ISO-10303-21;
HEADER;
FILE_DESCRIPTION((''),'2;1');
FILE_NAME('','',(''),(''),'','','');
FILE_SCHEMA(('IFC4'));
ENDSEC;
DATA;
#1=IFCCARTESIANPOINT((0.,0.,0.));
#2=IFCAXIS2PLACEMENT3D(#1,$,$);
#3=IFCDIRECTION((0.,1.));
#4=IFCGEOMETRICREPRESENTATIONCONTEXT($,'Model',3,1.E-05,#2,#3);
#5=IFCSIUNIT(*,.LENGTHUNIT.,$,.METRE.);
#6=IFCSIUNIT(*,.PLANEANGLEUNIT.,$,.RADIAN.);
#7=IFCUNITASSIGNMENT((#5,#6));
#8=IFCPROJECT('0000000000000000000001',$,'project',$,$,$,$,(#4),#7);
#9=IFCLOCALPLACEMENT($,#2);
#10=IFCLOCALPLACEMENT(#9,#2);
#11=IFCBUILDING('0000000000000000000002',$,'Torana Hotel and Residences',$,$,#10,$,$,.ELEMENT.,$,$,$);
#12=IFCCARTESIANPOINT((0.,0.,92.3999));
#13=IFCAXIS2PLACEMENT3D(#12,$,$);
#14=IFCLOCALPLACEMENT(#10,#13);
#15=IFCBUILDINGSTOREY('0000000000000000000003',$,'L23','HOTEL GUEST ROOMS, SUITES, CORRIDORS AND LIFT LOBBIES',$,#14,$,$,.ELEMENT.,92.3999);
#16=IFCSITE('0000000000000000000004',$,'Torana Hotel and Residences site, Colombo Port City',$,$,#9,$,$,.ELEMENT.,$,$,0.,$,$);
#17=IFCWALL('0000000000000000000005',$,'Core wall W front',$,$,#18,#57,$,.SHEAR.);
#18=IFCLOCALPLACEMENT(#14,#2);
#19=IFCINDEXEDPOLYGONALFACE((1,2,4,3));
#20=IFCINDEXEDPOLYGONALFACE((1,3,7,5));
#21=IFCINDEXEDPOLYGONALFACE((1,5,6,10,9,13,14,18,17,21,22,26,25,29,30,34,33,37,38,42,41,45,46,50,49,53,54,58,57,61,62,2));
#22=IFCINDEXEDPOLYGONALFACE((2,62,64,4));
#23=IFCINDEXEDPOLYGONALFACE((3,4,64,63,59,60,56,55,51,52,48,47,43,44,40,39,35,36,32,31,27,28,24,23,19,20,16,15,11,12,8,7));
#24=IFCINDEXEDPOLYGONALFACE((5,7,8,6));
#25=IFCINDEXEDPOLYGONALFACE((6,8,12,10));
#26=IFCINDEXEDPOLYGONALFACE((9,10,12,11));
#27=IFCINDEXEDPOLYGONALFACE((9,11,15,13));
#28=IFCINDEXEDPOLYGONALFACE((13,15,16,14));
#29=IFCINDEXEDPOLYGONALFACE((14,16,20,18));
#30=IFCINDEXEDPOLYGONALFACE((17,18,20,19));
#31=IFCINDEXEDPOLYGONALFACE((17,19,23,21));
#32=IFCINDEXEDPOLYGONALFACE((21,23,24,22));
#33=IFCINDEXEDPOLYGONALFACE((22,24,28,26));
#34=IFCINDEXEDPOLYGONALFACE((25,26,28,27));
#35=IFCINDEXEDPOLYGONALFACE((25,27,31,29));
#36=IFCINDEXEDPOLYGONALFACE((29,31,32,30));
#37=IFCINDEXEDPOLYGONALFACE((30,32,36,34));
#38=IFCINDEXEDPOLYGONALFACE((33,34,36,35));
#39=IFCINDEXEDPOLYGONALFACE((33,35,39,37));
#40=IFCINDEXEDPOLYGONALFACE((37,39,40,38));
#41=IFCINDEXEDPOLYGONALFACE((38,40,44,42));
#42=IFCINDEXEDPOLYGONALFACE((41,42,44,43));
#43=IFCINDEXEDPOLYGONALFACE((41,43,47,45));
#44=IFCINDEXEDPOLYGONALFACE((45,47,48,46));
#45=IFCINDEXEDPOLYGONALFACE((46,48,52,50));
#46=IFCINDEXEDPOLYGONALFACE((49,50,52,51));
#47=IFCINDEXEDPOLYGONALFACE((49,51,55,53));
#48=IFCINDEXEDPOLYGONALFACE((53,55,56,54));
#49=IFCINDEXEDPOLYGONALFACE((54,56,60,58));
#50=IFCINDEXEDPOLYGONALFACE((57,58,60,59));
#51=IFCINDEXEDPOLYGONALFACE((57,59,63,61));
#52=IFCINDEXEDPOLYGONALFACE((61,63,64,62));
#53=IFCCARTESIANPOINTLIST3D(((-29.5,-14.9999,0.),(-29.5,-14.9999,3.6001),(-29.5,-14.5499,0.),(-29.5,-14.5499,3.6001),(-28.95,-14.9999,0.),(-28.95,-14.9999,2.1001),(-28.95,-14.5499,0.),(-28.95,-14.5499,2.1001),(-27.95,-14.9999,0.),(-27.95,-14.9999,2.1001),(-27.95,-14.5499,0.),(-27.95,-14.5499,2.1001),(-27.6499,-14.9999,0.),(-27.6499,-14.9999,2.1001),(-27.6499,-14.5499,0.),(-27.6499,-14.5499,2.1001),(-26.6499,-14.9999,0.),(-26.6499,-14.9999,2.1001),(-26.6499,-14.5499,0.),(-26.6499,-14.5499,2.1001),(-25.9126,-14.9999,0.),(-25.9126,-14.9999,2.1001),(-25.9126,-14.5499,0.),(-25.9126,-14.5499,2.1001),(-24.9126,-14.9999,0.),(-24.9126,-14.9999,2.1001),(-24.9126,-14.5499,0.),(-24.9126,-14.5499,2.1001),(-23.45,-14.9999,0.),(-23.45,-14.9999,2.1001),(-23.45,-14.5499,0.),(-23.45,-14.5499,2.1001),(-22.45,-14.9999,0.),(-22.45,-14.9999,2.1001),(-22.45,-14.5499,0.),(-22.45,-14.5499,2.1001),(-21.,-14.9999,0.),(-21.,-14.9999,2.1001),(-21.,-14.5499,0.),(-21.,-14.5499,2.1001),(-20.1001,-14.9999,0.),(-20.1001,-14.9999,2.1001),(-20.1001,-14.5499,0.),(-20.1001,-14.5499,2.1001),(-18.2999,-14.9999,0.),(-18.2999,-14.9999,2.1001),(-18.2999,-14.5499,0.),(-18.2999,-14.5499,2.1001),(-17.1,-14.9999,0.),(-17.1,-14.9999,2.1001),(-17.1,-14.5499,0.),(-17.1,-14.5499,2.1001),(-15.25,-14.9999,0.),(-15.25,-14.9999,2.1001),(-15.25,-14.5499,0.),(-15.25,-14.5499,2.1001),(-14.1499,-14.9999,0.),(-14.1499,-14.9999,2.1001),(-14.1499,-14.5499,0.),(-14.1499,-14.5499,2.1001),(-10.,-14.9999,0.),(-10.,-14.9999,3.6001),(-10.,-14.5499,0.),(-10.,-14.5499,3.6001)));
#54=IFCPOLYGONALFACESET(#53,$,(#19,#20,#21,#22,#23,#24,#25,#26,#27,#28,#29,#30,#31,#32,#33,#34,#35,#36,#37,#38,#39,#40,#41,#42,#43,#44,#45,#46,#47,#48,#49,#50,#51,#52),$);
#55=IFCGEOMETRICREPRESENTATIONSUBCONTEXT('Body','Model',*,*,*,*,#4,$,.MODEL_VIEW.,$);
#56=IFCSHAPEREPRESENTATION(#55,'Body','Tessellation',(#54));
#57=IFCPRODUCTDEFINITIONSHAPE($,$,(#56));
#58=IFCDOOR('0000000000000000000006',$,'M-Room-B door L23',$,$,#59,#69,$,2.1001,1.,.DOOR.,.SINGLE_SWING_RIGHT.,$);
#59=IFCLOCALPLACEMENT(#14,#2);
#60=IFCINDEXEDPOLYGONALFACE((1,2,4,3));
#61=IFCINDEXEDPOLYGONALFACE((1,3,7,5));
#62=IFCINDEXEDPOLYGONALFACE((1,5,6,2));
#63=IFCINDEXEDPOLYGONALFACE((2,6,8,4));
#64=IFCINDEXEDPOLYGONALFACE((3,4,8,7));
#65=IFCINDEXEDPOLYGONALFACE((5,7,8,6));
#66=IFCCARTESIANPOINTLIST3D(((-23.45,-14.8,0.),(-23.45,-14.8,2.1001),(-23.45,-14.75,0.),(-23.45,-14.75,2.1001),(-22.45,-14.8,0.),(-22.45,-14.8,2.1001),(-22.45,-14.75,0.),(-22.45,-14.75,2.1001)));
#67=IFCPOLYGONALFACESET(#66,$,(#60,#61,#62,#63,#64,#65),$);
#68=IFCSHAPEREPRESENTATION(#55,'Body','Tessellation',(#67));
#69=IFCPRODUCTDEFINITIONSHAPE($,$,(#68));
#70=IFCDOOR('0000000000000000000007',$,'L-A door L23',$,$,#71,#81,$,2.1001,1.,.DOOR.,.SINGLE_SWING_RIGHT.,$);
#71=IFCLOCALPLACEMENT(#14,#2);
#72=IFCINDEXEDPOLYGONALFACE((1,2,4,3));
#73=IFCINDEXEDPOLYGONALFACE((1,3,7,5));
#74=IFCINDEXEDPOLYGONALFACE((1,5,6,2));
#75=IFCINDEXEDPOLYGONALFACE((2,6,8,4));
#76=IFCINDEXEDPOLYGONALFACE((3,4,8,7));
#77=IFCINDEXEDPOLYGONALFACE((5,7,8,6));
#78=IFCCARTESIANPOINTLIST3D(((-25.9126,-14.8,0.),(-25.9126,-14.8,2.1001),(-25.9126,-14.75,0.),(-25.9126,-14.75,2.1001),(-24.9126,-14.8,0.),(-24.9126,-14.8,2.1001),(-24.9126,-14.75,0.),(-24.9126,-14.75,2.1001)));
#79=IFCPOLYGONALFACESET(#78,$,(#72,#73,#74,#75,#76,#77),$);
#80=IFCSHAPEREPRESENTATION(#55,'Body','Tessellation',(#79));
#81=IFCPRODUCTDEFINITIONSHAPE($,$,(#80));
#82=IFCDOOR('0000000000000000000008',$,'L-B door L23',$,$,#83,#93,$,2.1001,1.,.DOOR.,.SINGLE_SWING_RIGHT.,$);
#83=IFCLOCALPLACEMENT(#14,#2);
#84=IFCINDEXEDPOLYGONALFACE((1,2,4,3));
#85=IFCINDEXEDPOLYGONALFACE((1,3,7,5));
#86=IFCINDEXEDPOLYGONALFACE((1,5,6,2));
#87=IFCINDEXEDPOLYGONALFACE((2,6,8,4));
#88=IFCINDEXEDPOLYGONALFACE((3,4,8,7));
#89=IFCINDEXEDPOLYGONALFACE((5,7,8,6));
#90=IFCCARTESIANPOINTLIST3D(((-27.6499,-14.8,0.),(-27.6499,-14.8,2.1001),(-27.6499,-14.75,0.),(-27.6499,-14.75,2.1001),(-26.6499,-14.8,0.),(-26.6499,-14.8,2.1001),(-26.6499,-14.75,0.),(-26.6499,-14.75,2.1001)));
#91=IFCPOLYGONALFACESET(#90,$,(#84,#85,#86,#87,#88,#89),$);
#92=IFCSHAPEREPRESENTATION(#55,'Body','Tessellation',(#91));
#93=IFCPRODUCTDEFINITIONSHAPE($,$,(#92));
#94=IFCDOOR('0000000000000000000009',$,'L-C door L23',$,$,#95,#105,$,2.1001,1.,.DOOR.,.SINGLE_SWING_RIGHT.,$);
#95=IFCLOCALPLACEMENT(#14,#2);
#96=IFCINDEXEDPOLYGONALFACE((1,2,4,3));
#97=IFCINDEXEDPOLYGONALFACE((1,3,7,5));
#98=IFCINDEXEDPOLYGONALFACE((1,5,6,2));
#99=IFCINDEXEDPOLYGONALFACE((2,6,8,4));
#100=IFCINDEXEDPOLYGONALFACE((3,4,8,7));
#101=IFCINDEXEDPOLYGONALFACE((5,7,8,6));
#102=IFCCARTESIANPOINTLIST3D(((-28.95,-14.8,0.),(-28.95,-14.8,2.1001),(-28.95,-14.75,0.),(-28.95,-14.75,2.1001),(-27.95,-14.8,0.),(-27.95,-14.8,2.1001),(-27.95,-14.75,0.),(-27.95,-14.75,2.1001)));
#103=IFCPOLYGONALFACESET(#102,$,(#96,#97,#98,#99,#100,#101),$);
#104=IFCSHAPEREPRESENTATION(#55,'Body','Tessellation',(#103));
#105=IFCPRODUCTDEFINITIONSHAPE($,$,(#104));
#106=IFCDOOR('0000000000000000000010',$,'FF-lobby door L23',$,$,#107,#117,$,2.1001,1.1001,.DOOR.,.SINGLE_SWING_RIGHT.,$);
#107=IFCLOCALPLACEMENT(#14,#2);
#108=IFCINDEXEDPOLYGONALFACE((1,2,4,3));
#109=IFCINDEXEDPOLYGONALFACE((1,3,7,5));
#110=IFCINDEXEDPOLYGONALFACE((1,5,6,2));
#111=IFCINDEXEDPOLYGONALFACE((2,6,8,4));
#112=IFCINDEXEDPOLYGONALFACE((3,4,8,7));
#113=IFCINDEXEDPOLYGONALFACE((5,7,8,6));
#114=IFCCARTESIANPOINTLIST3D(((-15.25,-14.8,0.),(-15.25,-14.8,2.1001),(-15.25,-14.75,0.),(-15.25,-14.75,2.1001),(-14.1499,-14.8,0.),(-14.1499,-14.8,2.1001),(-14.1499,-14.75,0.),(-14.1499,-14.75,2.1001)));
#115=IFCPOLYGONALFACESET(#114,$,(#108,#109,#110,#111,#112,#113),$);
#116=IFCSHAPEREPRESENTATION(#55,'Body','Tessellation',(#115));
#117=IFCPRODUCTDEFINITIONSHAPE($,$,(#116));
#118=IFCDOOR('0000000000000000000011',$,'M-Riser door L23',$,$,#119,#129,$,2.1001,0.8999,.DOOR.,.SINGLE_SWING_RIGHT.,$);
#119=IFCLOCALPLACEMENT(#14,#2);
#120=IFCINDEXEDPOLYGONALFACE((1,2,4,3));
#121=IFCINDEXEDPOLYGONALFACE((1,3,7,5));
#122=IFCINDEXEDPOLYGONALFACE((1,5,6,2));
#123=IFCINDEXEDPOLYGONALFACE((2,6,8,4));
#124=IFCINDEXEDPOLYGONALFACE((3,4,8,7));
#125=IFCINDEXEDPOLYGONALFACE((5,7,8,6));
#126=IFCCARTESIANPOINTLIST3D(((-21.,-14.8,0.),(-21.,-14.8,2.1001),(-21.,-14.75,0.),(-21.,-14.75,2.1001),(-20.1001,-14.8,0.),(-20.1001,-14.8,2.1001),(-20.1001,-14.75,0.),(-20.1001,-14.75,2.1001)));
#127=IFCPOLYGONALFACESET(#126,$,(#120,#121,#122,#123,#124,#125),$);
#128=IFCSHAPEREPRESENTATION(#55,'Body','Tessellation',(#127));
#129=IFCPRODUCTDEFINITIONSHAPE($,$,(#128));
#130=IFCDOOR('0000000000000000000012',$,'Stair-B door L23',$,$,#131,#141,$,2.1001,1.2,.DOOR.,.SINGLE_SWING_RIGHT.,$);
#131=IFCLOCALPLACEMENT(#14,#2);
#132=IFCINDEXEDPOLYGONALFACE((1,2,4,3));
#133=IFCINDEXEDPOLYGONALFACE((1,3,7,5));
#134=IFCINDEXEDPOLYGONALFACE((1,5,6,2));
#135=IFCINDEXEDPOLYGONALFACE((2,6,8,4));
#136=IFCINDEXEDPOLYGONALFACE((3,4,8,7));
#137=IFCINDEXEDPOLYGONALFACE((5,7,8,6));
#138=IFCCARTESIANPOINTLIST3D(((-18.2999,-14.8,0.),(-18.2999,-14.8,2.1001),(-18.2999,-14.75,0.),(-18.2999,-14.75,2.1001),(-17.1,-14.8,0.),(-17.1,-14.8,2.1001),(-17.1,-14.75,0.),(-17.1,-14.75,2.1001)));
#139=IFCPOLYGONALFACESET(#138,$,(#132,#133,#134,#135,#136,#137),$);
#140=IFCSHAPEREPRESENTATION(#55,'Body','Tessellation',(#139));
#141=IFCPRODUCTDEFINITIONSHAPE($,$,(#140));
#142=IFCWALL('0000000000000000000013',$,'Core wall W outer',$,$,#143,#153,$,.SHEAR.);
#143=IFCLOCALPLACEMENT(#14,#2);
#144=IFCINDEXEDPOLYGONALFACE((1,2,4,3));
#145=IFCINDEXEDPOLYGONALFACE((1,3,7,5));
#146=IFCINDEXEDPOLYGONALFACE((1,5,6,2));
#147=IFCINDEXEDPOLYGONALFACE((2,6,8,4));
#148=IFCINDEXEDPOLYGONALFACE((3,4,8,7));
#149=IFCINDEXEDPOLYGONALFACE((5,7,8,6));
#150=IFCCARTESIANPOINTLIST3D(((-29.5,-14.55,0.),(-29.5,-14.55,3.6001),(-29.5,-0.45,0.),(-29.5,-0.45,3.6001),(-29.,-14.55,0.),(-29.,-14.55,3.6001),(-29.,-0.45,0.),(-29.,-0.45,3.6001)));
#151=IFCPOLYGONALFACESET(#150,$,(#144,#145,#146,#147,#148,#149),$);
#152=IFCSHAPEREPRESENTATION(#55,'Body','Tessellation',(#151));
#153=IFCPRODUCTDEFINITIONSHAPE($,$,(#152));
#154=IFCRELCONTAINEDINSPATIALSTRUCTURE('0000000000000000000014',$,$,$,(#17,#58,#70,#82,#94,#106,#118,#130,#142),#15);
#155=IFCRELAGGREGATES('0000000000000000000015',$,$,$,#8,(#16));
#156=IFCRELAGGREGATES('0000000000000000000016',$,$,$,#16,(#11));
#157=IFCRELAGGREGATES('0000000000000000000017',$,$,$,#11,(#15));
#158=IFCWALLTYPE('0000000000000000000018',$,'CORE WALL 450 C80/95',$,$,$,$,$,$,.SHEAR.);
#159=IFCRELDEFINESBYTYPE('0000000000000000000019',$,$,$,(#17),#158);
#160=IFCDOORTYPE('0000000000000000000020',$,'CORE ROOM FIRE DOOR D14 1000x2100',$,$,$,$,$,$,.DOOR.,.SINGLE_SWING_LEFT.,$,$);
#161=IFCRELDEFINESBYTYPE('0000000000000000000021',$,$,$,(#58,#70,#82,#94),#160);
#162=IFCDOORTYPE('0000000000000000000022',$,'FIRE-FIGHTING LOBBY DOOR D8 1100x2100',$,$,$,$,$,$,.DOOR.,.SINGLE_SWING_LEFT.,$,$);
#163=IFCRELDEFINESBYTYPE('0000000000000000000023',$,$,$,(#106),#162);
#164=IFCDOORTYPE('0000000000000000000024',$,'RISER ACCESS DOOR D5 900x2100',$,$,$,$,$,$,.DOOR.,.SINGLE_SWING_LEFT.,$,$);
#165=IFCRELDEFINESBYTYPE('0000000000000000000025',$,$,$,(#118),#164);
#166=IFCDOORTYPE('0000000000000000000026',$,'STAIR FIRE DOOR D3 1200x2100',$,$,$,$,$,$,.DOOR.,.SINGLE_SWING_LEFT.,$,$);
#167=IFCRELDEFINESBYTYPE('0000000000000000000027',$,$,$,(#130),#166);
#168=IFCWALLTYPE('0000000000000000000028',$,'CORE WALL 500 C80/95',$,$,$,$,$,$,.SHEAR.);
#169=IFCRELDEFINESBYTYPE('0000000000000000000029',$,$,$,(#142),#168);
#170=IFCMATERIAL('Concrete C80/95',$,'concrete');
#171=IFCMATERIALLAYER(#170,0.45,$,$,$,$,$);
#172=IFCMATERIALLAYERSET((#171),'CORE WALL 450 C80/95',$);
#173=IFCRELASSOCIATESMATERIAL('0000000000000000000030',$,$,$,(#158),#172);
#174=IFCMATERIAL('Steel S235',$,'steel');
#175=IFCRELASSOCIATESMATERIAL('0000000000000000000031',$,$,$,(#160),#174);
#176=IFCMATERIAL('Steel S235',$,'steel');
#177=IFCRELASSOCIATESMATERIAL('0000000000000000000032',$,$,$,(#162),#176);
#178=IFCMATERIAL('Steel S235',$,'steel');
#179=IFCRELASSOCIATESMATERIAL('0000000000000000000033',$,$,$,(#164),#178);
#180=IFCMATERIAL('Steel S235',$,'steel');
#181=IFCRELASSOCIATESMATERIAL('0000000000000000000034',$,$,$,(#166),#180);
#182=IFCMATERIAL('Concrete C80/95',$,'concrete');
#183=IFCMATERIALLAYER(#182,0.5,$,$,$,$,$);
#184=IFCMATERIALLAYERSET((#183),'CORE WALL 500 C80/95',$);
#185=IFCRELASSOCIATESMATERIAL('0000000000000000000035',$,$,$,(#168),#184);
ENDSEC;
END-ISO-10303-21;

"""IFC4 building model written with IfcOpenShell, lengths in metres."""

from ifc_helpers import new_model, si_unit, direction, frame, frame_2d, origin, place, context, subcontext, project, spatial, rectangle, extrude, material, layer, layer_set, type_object, element, fill, save


model = new_model("IFC4")

# Units and contexts
model_context = context("Model", 3, precision=1e-05, world=origin(), true_north=direction((0.0, 1.0)))
body_context = subcontext(model_context, "Body", "Model", "MODEL_VIEW")
ifc_project = project(units=[si_unit("LENGTHUNIT", "METRE"), si_unit("PLANEANGLEUNIT", "RADIAN")], contexts=[model_context])

# Site, building, storey
site_placement = place(None, origin())
site = spatial("IfcSite", under=ifc_project, at=site_placement, Name="Torana Hotel and Residences site, Colombo Port City", CompositionType="ELEMENT", RefElevation=0.0)
building_placement = place(site_placement, origin())
building = spatial("IfcBuilding", under=site, at=building_placement, Name="Torana Hotel and Residences", CompositionType="ELEMENT")
storey_placement = place(building_placement, frame((0.0, 0.0, 92.3999)))
storey = spatial("IfcBuildingStorey", under=building, at=storey_placement, Name="L23", Description="HOTEL GUEST ROOMS, SUITES, CORRIDORS AND LIFT LOBBIES", CompositionType="ELEMENT", Elevation=92.3999)

# Wall, openings, doors
ifc_material_1 = material(Name="Concrete C80/95", Category="concrete")
ifc_layer_1 = layer(ifc_material_1, 0.45)
ifc_layer_set_1 = layer_set([ifc_layer_1], Name="CORE WALL 450 C80/95")
wall_type_1 = type_object("IfcWallType", Name="CORE WALL 450 C80/95", PredefinedType="SHEAR", material=ifc_layer_set_1)
wall_1_placement = place(storey_placement, frame((-29.5, -14.7749, 0.0), z_axis=(0.0, 0.0, 1.0), x_axis=(1.0, 0.0, 0.0)))
wall_1 = element("IfcWall", 1, at=wall_1_placement, inside=storey, type_object=wall_type_1, Name="Core wall W front", PredefinedType="SHEAR", context=body_context, shape_type="SweptSolid", body=[
    extrude(rectangle(XDim=19.5, YDim=0.45, at=frame_2d((9.75, 0.0))), origin(), (0.0, 0.0, 1.0), 3.6001),
])
opening_1_placement = place(wall_1_placement, frame((11.2, 0.0, 0.0)))
opening_1 = element("IfcOpeningElement", 2, at=opening_1_placement, cuts=wall_1, PredefinedType="OPENING", context=body_context, shape_type="SweptSolid", body=[
    extrude(rectangle(XDim=1.2, YDim=2.1001, at=frame_2d((0.6001, 1.05))), frame((0.0, 0.2349, 0.0), z_axis=(0.0, -1.0, 0.0), x_axis=(1.0, 0.0, 0.0)), (0.0, 0.0, 1.0), 0.47),
])
opening_2_placement = place(wall_1_placement, frame((14.25, 0.0, 0.0)))
opening_2 = element("IfcOpeningElement", 3, at=opening_2_placement, cuts=wall_1, PredefinedType="OPENING", context=body_context, shape_type="SweptSolid", body=[
    extrude(rectangle(XDim=1.1001, YDim=2.1001, at=frame_2d((0.55, 1.05))), frame((0.0, 0.2349, 0.0), z_axis=(0.0, -1.0, 0.0), x_axis=(1.0, 0.0, 0.0)), (0.0, 0.0, 1.0), 0.47),
])
opening_3_placement = place(wall_1_placement, frame((8.5, 0.0, 0.0)))
opening_3 = element("IfcOpeningElement", 4, at=opening_3_placement, cuts=wall_1, PredefinedType="OPENING", context=body_context, shape_type="SweptSolid", body=[
    extrude(rectangle(XDim=0.8999, YDim=2.1001, at=frame_2d((0.45, 1.05))), frame((0.0, 0.2349, 0.0), z_axis=(0.0, -1.0, 0.0), x_axis=(1.0, 0.0, 0.0)), (0.0, 0.0, 1.0), 0.47),
])
opening_4_placement = place(wall_1_placement, frame((6.05, 0.0, 0.0)))
opening_4 = element("IfcOpeningElement", 5, at=opening_4_placement, cuts=wall_1, PredefinedType="OPENING", context=body_context, shape_type="SweptSolid", body=[
    extrude(rectangle(XDim=1.0, YDim=2.1001, at=frame_2d((0.5, 1.05))), frame((0.0, 0.2349, 0.0), z_axis=(0.0, -1.0, 0.0), x_axis=(1.0, 0.0, 0.0)), (0.0, 0.0, 1.0), 0.47),
])
opening_5_placement = place(wall_1_placement, frame((3.5874, 0.0, 0.0)))
opening_5 = element("IfcOpeningElement", 6, at=opening_5_placement, cuts=wall_1, PredefinedType="OPENING", context=body_context, shape_type="SweptSolid", body=[
    extrude(rectangle(XDim=1.0, YDim=2.1001, at=frame_2d((0.5, 1.05))), frame((0.0, 0.2349, 0.0), z_axis=(0.0, -1.0, 0.0), x_axis=(1.0, 0.0, 0.0)), (0.0, 0.0, 1.0), 0.47),
])
opening_6_placement = place(wall_1_placement, frame((1.8501, 0.0, 0.0)))
opening_6 = element("IfcOpeningElement", 7, at=opening_6_placement, cuts=wall_1, PredefinedType="OPENING", context=body_context, shape_type="SweptSolid", body=[
    extrude(rectangle(XDim=1.0, YDim=2.1001, at=frame_2d((0.5, 1.05))), frame((0.0, 0.2349, 0.0), z_axis=(0.0, -1.0, 0.0), x_axis=(1.0, 0.0, 0.0)), (0.0, 0.0, 1.0), 0.47),
])
opening_7_placement = place(wall_1_placement, frame((0.55, 0.0, 0.0)))
opening_7 = element("IfcOpeningElement", 8, at=opening_7_placement, cuts=wall_1, PredefinedType="OPENING", context=body_context, shape_type="SweptSolid", body=[
    extrude(rectangle(XDim=1.0, YDim=2.1001, at=frame_2d((0.5, 1.05))), frame((0.0, 0.2349, 0.0), z_axis=(0.0, -1.0, 0.0), x_axis=(1.0, 0.0, 0.0)), (0.0, 0.0, 1.0), 0.47),
])
ifc_material_2 = material(Name="Steel S235", Category="steel")
door_type_1 = type_object("IfcDoorType", Name="CORE ROOM FIRE DOOR D14 1000x2100", OperationType="SINGLE_SWING_LEFT", PredefinedType="DOOR", material=ifc_material_2)
door_1_placement = place(opening_4_placement, origin())
door_1 = element("IfcDoor", 9, at=door_1_placement, inside=storey, type_object=door_type_1, Name="M-Room-B door L23", OperationType="SINGLE_SWING_RIGHT", OverallHeight=2.1001, OverallWidth=1.0, PredefinedType="DOOR", context=body_context, shape_type="SweptSolid", body=[
    extrude(rectangle(XDim=1.0, YDim=2.1001, at=frame_2d((0.5, 1.05))), frame((0.0, 0.0249, 0.0), z_axis=(0.0, -1.0, 0.0), x_axis=(1.0, 0.0, 0.0)), (0.0, 0.0, 1.0), 0.05),
])
fill(opening_4, door_1)
door_2_placement = place(opening_5_placement, origin())
door_2 = element("IfcDoor", 10, at=door_2_placement, inside=storey, type_object=door_type_1, Name="L-A door L23", OperationType="SINGLE_SWING_RIGHT", OverallHeight=2.1001, OverallWidth=1.0, PredefinedType="DOOR", context=body_context, shape_type="SweptSolid", body=[
    extrude(rectangle(XDim=1.0, YDim=2.1001, at=frame_2d((0.5, 1.05))), frame((0.0, 0.0249, 0.0), z_axis=(0.0, -1.0, 0.0), x_axis=(1.0, 0.0, 0.0)), (0.0, 0.0, 1.0), 0.05),
])
fill(opening_5, door_2)
door_3_placement = place(opening_6_placement, origin())
door_3 = element("IfcDoor", 11, at=door_3_placement, inside=storey, type_object=door_type_1, Name="L-B door L23", OperationType="SINGLE_SWING_RIGHT", OverallHeight=2.1001, OverallWidth=1.0, PredefinedType="DOOR", context=body_context, shape_type="SweptSolid", body=[
    extrude(rectangle(XDim=1.0, YDim=2.1001, at=frame_2d((0.5, 1.05))), frame((0.0, 0.0249, 0.0), z_axis=(0.0, -1.0, 0.0), x_axis=(1.0, 0.0, 0.0)), (0.0, 0.0, 1.0), 0.05),
])
fill(opening_6, door_3)
door_4_placement = place(opening_7_placement, origin())
door_4 = element("IfcDoor", 12, at=door_4_placement, inside=storey, type_object=door_type_1, Name="L-C door L23", OperationType="SINGLE_SWING_RIGHT", OverallHeight=2.1001, OverallWidth=1.0, PredefinedType="DOOR", context=body_context, shape_type="SweptSolid", body=[
    extrude(rectangle(XDim=1.0, YDim=2.1001, at=frame_2d((0.5, 1.05))), frame((0.0, 0.0249, 0.0), z_axis=(0.0, -1.0, 0.0), x_axis=(1.0, 0.0, 0.0)), (0.0, 0.0, 1.0), 0.05),
])
fill(opening_7, door_4)
ifc_material_3 = material(Name="Steel S235", Category="steel")
door_type_2 = type_object("IfcDoorType", Name="FIRE-FIGHTING LOBBY DOOR D8 1100x2100", OperationType="SINGLE_SWING_LEFT", PredefinedType="DOOR", material=ifc_material_3)
door_5_placement = place(opening_2_placement, origin())
door_5 = element("IfcDoor", 13, at=door_5_placement, inside=storey, type_object=door_type_2, Name="FF-lobby door L23", OperationType="SINGLE_SWING_RIGHT", OverallHeight=2.1001, OverallWidth=1.1001, PredefinedType="DOOR", context=body_context, shape_type="SweptSolid", body=[
    extrude(rectangle(XDim=1.1001, YDim=2.1001, at=frame_2d((0.55, 1.05))), frame((0.0, 0.0249, 0.0), z_axis=(0.0, -1.0, 0.0), x_axis=(1.0, 0.0, 0.0)), (0.0, 0.0, 1.0), 0.05),
])
fill(opening_2, door_5)
ifc_material_4 = material(Name="Steel S235", Category="steel")
door_type_3 = type_object("IfcDoorType", Name="RISER ACCESS DOOR D5 900x2100", OperationType="SINGLE_SWING_LEFT", PredefinedType="DOOR", material=ifc_material_4)
door_6_placement = place(opening_3_placement, origin())
door_6 = element("IfcDoor", 14, at=door_6_placement, inside=storey, type_object=door_type_3, Name="M-Riser door L23", OperationType="SINGLE_SWING_RIGHT", OverallHeight=2.1001, OverallWidth=0.8999, PredefinedType="DOOR", context=body_context, shape_type="SweptSolid", body=[
    extrude(rectangle(XDim=0.8999, YDim=2.1001, at=frame_2d((0.45, 1.05))), frame((0.0, 0.0249, 0.0), z_axis=(0.0, -1.0, 0.0), x_axis=(1.0, 0.0, 0.0)), (0.0, 0.0, 1.0), 0.05),
])
fill(opening_3, door_6)
ifc_material_5 = material(Name="Steel S235", Category="steel")
door_type_4 = type_object("IfcDoorType", Name="STAIR FIRE DOOR D3 1200x2100", OperationType="SINGLE_SWING_LEFT", PredefinedType="DOOR", material=ifc_material_5)
door_7_placement = place(opening_1_placement, origin())
door_7 = element("IfcDoor", 15, at=door_7_placement, inside=storey, type_object=door_type_4, Name="Stair-B door L23", OperationType="SINGLE_SWING_RIGHT", OverallHeight=2.1001, OverallWidth=1.2, PredefinedType="DOOR", context=body_context, shape_type="SweptSolid", body=[
    extrude(rectangle(XDim=1.2, YDim=2.1001, at=frame_2d((0.6001, 1.05))), frame((0.0, 0.0249, 0.0), z_axis=(0.0, -1.0, 0.0), x_axis=(1.0, 0.0, 0.0)), (0.0, 0.0, 1.0), 0.05),
])
fill(opening_1, door_7)

# Wall
ifc_material_6 = material(Name="Concrete C80/95", Category="concrete")
ifc_layer_2 = layer(ifc_material_6, 0.5)
ifc_layer_set_2 = layer_set([ifc_layer_2], Name="CORE WALL 500 C80/95")
wall_type_2 = type_object("IfcWallType", Name="CORE WALL 500 C80/95", PredefinedType="SHEAR", material=ifc_layer_set_2)
wall_2_placement = place(storey_placement, frame((-29.25, -14.55, 0.0), z_axis=(0.0, 0.0, 1.0), x_axis=(0.0, 1.0, 0.0)))
element("IfcWall", 16, at=wall_2_placement, inside=storey, type_object=wall_type_2, Name="Core wall W outer", PredefinedType="SHEAR", context=body_context, shape_type="SweptSolid", body=[
    extrude(rectangle(XDim=14.1001, YDim=0.5, at=frame_2d((7.05, 0.0))), origin(), (0.0, 0.0, 1.0), 3.6001),
])

save(model, "model.ifc")
